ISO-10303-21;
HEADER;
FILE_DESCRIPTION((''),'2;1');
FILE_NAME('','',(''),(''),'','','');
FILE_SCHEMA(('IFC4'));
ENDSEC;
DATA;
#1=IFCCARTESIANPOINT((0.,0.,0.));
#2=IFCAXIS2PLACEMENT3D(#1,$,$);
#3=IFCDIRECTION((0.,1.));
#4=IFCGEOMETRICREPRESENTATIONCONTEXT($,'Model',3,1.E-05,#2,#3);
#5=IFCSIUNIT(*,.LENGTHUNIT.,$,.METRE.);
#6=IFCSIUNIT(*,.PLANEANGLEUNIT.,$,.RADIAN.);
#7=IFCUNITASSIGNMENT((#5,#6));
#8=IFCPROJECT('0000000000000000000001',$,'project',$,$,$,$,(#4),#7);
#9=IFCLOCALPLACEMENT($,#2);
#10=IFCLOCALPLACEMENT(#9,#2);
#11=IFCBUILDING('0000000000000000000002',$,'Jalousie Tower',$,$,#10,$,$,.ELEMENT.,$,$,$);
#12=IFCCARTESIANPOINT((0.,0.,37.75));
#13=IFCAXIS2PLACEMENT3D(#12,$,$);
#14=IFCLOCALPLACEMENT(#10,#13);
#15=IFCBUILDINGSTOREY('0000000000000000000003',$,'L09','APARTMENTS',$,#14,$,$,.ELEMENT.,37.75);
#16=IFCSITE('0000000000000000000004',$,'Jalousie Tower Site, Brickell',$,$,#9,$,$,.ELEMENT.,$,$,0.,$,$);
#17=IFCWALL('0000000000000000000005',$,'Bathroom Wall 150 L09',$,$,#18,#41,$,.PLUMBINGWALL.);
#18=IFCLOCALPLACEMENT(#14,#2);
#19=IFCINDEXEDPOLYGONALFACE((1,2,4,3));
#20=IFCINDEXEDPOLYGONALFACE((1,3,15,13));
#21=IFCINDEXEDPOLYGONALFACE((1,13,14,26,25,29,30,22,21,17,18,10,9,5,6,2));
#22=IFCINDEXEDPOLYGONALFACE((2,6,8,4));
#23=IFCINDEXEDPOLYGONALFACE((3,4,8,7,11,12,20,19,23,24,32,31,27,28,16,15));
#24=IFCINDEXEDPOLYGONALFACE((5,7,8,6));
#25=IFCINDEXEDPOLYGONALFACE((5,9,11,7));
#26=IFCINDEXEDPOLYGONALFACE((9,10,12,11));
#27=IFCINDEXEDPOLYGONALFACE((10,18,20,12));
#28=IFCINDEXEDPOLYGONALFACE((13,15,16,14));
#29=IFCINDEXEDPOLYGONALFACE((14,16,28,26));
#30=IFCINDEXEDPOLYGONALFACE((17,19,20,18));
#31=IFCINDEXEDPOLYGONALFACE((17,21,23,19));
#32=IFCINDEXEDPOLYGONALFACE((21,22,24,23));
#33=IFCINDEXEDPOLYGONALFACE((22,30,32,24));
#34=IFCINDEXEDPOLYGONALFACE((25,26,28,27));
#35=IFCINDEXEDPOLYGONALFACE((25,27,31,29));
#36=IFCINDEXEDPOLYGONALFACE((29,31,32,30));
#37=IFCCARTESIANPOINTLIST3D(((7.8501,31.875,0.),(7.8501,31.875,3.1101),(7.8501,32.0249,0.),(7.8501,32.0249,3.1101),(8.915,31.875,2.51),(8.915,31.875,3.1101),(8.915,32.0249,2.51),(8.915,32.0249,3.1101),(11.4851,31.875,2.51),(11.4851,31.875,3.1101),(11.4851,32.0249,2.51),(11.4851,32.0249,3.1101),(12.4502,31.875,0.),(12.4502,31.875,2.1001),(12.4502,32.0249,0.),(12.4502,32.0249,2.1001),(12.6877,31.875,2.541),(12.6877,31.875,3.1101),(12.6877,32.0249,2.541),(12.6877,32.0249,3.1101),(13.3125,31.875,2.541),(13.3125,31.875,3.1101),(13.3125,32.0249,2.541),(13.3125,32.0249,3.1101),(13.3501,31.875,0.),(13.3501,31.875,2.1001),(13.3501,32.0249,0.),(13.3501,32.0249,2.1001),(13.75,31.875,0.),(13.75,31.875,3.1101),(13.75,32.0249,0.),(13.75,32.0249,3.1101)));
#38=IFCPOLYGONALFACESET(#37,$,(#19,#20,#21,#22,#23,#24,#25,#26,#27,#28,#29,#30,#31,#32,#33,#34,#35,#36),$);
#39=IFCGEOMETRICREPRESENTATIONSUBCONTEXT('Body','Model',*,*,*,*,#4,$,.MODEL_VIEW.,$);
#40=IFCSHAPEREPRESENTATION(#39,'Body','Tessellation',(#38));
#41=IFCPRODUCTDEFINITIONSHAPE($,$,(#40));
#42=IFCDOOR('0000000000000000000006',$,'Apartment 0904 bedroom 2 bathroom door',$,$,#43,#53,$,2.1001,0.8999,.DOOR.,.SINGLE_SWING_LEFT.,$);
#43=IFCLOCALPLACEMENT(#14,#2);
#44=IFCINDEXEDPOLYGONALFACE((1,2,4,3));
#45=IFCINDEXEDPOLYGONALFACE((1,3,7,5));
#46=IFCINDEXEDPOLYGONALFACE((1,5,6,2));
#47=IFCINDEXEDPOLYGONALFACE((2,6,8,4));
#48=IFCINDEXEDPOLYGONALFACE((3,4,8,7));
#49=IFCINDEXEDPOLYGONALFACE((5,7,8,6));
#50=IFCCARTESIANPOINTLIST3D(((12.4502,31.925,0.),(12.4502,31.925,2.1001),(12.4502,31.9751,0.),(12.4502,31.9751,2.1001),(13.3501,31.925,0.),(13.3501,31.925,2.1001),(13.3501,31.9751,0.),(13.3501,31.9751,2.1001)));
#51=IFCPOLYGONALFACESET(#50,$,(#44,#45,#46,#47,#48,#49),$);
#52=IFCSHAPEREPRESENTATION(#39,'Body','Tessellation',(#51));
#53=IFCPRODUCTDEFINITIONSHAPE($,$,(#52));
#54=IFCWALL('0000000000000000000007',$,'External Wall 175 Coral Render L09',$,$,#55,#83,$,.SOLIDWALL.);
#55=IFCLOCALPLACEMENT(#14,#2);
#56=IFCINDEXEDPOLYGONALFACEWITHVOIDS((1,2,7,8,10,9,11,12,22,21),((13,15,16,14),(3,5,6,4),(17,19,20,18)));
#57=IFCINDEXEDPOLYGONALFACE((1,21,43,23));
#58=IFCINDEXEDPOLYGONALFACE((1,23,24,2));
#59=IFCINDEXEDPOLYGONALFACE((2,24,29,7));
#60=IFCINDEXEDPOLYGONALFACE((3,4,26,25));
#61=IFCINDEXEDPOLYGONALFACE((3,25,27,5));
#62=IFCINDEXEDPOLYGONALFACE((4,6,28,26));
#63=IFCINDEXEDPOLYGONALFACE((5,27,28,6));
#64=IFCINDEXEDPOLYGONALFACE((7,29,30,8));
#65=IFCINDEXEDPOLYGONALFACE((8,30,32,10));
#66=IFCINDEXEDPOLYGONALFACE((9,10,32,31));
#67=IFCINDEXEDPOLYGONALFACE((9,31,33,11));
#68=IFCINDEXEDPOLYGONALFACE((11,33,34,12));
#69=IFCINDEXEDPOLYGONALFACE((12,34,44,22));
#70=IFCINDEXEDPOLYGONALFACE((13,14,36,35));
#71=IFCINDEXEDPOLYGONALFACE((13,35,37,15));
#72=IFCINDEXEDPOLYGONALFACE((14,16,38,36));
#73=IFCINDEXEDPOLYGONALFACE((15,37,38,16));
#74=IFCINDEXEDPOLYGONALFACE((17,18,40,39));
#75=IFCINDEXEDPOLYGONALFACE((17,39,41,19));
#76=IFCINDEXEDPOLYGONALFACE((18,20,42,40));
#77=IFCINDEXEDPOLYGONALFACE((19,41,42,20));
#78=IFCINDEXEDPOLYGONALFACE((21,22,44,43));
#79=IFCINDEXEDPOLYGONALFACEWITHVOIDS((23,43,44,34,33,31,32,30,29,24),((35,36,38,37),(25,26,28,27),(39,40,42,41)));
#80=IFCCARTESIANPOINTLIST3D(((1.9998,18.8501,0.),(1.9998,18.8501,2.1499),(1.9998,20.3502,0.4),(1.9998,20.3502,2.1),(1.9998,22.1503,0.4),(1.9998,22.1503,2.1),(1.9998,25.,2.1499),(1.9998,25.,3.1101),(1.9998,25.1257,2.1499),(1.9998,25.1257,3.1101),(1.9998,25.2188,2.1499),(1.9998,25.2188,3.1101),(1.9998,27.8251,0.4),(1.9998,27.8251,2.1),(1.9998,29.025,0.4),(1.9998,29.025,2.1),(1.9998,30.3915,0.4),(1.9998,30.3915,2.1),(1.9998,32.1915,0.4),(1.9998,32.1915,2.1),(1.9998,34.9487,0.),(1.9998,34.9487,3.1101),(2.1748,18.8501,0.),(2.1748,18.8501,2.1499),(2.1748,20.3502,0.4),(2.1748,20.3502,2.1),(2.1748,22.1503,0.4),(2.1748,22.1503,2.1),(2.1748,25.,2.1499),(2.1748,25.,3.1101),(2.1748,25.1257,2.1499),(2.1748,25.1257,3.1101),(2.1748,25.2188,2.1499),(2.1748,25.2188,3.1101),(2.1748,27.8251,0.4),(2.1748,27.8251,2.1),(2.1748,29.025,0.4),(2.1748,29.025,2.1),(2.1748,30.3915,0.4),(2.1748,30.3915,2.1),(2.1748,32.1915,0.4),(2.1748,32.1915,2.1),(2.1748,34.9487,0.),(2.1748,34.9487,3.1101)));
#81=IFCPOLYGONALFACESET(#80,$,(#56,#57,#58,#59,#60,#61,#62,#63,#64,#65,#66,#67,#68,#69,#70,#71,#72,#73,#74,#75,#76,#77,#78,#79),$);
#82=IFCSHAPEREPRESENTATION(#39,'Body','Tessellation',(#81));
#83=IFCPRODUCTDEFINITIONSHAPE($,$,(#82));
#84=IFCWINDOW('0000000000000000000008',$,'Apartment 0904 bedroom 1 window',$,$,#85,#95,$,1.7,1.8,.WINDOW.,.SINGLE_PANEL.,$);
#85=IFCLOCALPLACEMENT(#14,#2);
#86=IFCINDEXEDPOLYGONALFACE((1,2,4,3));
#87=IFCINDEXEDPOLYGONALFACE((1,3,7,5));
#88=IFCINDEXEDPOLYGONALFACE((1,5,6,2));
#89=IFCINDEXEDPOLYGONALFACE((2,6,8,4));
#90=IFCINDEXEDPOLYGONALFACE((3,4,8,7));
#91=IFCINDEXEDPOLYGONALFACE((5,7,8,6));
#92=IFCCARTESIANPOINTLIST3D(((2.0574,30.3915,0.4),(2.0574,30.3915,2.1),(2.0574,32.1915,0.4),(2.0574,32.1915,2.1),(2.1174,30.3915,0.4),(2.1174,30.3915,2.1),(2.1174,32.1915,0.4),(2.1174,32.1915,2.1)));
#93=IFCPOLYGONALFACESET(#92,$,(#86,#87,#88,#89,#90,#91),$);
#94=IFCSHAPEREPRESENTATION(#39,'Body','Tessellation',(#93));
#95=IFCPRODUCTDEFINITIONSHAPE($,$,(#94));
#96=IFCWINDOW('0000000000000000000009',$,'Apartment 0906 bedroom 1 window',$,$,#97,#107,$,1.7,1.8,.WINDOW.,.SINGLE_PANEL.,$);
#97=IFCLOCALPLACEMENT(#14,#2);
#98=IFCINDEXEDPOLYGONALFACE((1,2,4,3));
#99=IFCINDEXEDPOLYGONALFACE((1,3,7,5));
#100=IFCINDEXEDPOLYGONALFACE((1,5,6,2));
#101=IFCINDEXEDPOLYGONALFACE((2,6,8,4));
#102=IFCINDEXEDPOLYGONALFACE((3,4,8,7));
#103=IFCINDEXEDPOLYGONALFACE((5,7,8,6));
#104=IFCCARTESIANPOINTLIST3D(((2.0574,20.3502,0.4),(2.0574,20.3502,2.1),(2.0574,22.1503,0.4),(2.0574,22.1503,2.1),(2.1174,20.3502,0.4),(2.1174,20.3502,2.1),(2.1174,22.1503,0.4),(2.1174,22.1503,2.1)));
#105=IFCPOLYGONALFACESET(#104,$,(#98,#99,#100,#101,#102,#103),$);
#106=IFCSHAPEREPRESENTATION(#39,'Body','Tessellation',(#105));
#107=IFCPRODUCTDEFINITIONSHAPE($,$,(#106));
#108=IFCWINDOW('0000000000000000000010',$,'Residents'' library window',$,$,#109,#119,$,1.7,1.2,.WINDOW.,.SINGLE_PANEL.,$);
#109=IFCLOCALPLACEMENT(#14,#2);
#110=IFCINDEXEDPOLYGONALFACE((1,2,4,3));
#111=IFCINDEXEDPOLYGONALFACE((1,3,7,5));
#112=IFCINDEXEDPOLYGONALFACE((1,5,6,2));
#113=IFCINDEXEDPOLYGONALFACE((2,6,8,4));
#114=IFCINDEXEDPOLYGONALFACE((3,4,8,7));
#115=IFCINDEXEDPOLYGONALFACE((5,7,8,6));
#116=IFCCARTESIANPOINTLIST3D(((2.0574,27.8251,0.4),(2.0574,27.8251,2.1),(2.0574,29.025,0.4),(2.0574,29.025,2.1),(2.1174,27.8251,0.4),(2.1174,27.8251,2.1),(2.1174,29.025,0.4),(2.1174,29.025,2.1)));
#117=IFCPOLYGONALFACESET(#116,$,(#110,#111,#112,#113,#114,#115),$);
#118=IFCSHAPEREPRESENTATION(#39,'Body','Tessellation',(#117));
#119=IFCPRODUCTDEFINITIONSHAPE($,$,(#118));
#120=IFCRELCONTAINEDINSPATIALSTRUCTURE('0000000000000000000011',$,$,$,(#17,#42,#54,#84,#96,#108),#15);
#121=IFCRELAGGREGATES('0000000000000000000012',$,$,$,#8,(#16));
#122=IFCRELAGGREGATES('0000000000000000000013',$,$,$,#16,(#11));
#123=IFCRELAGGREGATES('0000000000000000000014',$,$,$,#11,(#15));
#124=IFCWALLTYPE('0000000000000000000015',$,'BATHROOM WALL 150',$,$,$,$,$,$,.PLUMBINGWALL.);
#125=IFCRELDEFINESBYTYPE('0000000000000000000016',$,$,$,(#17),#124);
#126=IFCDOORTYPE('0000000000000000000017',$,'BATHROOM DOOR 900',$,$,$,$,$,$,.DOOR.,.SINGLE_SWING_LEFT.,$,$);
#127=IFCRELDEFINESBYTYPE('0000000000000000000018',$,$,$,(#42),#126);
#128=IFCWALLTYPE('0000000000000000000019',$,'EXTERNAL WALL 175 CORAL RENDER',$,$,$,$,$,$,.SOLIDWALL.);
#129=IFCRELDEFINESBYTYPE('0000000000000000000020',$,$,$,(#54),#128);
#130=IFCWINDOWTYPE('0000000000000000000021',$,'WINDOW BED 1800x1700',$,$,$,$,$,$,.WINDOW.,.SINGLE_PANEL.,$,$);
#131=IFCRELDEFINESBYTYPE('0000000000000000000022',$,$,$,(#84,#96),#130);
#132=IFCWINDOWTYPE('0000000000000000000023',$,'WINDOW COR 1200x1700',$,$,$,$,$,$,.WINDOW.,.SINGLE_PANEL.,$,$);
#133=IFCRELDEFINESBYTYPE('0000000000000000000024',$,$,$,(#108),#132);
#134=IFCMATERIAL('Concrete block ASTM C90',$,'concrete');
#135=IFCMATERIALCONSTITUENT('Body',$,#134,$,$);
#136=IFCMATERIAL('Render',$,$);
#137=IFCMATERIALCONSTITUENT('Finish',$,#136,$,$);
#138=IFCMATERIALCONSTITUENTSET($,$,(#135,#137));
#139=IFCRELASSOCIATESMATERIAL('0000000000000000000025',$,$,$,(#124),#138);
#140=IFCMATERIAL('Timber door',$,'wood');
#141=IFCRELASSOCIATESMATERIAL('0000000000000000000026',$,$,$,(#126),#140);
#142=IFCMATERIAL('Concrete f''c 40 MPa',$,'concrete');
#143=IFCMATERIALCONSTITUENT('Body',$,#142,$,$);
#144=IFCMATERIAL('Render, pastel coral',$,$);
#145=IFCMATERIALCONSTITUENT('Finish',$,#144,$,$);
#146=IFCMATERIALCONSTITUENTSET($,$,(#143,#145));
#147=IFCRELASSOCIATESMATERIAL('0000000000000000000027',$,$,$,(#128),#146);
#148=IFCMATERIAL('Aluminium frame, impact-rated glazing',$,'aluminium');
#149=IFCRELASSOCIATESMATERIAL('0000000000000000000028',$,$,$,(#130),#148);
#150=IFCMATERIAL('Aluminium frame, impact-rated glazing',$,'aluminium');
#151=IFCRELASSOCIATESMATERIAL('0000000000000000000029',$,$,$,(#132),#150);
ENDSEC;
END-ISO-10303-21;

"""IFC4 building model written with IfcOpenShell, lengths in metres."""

from ifc_helpers import new_model, si_unit, direction, frame, frame_2d, origin, place, context, subcontext, project, spatial, polyline, rectangle, outline, extrude, material, constituent, constituent_set, type_object, element, fill, save


model = new_model("IFC4")

# Units and contexts
model_context = context("Model", 3, precision=1e-05, world=origin(), true_north=direction((0.0, 1.0)))
body_context = subcontext(model_context, "Body", "Model", "MODEL_VIEW")
ifc_project = project(units=[si_unit("LENGTHUNIT", "METRE"), si_unit("PLANEANGLEUNIT", "RADIAN")], contexts=[model_context])

# Site, building, storey
site_placement = place(None, origin())
site = spatial("IfcSite", under=ifc_project, at=site_placement, Name="Jalousie Tower Site, Brickell", CompositionType="ELEMENT", RefElevation=0.0)
building_placement = place(site_placement, origin())
building = spatial("IfcBuilding", under=site, at=building_placement, Name="Jalousie Tower", CompositionType="ELEMENT")
storey_placement = place(building_placement, frame((0.0, 0.0, 37.75)))
storey = spatial("IfcBuildingStorey", under=building, at=storey_placement, Name="L09", Description="APARTMENTS", CompositionType="ELEMENT", Elevation=37.75)

# Wall, opening, door
ifc_material_1 = material(Name="Concrete block ASTM C90", Category="concrete")
ifc_constituent_1 = constituent(ifc_material_1, Name="Body")
ifc_material_2 = material(Name="Render")
ifc_constituent_2 = constituent(ifc_material_2, Name="Finish")
ifc_constituent_set_1 = constituent_set(constituents=[ifc_constituent_1, ifc_constituent_2])
wall_type_1 = type_object("IfcWallType", Name="BATHROOM WALL 150", PredefinedType="PLUMBINGWALL", material=ifc_constituent_set_1)
wall_1_placement = place(storey_placement, frame((7.8501, 31.95, 0.0), z_axis=(0.0, 0.0, 1.0), x_axis=(1.0, 0.0, 0.0)))
wall_1 = element("IfcWall", 1, at=wall_1_placement, inside=storey, type_object=wall_type_1, Name="Bathroom Wall 150 L09", PredefinedType="PLUMBINGWALL", context=body_context, shape_type="SweptSolid", body=[
    extrude(outline(polyline([(0.0, 0.0), (5.8999, 0.0), (5.8999, 3.1101), (5.4624, 3.1101), (5.4624, 2.541), (4.8376, 2.541), (4.8376, 3.1101), (3.635, 3.1101), (3.635, 2.51), (1.0649, 2.51), (1.0649, 3.1101), (0.0, 3.1101), (0.0, 0.0)])), frame((0.0, 0.075, 0.0), z_axis=(0.0, -1.0, 0.0), x_axis=(1.0, 0.0, 0.0)), (0.0, 0.0, 1.0), 0.1499),
])
opening_1_placement = place(wall_1_placement, frame((4.6001, 0.0, 0.0)))
opening_1 = element("IfcOpeningElement", 2, at=opening_1_placement, cuts=wall_1, PredefinedType="OPENING", context=body_context, shape_type="SweptSolid", body=[
    extrude(rectangle(XDim=0.8999, YDim=2.1001, at=frame_2d((0.45, 1.05))), frame((0.0, 0.085, 0.0), z_axis=(0.0, -1.0, 0.0), x_axis=(1.0, 0.0, 0.0)), (0.0, 0.0, 1.0), 0.1699),
])
ifc_material_3 = material(Name="Timber door", Category="wood")
door_type_1 = type_object("IfcDoorType", Name="BATHROOM DOOR 900", OperationType="SINGLE_SWING_LEFT", PredefinedType="DOOR", material=ifc_material_3)
door_1_placement = place(opening_1_placement, frame((0.8999, 0.0, 0.0), z_axis=(0.0, 0.0, 1.0), x_axis=(-1.0, 0.0, 0.0)))
door_1 = element("IfcDoor", 3, at=door_1_placement, inside=storey, type_object=door_type_1, Name="Apartment 0904 bedroom 2 bathroom door", OperationType="SINGLE_SWING_LEFT", OverallHeight=2.1001, OverallWidth=0.8999, PredefinedType="DOOR", context=body_context, shape_type="SweptSolid", body=[
    extrude(rectangle(XDim=0.8999, YDim=2.1001, at=frame_2d((0.45, 1.05))), frame((0.0, 0.0249, 0.0), z_axis=(0.0, -1.0, 0.0), x_axis=(1.0, 0.0, 0.0)), (0.0, 0.0, 1.0), 0.05),
])
fill(opening_1, door_1)

# Wall, openings, windows
ifc_material_4 = material(Name="Concrete f'c 40 MPa", Category="concrete")
ifc_constituent_3 = constituent(ifc_material_4, Name="Body")
ifc_material_5 = material(Name="Render, pastel coral")
ifc_constituent_4 = constituent(ifc_material_5, Name="Finish")
ifc_constituent_set_2 = constituent_set(constituents=[ifc_constituent_3, ifc_constituent_4])
wall_type_2 = type_object("IfcWallType", Name="EXTERNAL WALL 175 CORAL RENDER", PredefinedType="SOLIDWALL", material=ifc_constituent_set_2)
wall_2_placement = place(storey_placement, frame((2.0874, 34.9487, 0.0), z_axis=(0.0, 0.0, 1.0), x_axis=(0.0, -1.0, 0.0)))
wall_2 = element("IfcWall", 4, at=wall_2_placement, inside=storey, type_object=wall_type_2, Name="External Wall 175 Coral Render L09", PredefinedType="SOLIDWALL", context=body_context, shape_type="SweptSolid", body=[
    extrude(outline(polyline([(0.0, 0.0), (16.0986, 0.0), (16.0986, 2.1499), (9.9487, 2.1499), (9.9487, 3.1101), (9.823, 3.1101), (9.823, 2.1499), (9.73, 2.1499), (9.73, 3.1101), (0.0, 3.1101), (0.0, 0.0)])), frame((0.0, 0.0874, 0.0), z_axis=(0.0, -1.0, 0.0), x_axis=(1.0, 0.0, 0.0)), (0.0, 0.0, 1.0), 0.175),
])
opening_2_placement = place(wall_2_placement, frame((2.7573, 0.0, 0.3999)))
opening_2 = element("IfcOpeningElement", 5, at=opening_2_placement, cuts=wall_2, PredefinedType="OPENING", context=body_context, shape_type="SweptSolid", body=[
    extrude(rectangle(XDim=1.8, YDim=1.7, at=frame_2d((0.8999, 0.8501))), frame((0.0, 0.0974, 0.0), z_axis=(0.0, -1.0, 0.0), x_axis=(1.0, 0.0, 0.0)), (0.0, 0.0, 1.0), 0.1951),
])
opening_3_placement = place(wall_2_placement, frame((5.9236, 0.0, 0.3999)))
opening_3 = element("IfcOpeningElement", 6, at=opening_3_placement, cuts=wall_2, PredefinedType="OPENING", context=body_context, shape_type="SweptSolid", body=[
    extrude(rectangle(XDim=1.2, YDim=1.7, at=frame_2d((0.6001, 0.8501))), frame((0.0, 0.0974, 0.0), z_axis=(0.0, -1.0, 0.0), x_axis=(1.0, 0.0, 0.0)), (0.0, 0.0, 1.0), 0.1951),
])
opening_4_placement = place(wall_2_placement, frame((12.7986, 0.0, 0.3999)))
opening_4 = element("IfcOpeningElement", 7, at=opening_4_placement, cuts=wall_2, PredefinedType="OPENING", context=body_context, shape_type="SweptSolid", body=[
    extrude(rectangle(XDim=1.8, YDim=1.7, at=frame_2d((0.8999, 0.8501))), frame((0.0, 0.0974, 0.0), z_axis=(0.0, -1.0, 0.0), x_axis=(1.0, 0.0, 0.0)), (0.0, 0.0, 1.0), 0.1951),
])
ifc_material_6 = material(Name="Aluminium frame, impact-rated glazing", Category="aluminium")
window_type_1 = type_object("IfcWindowType", Name="WINDOW BED 1800x1700", PartitioningType="SINGLE_PANEL", PredefinedType="WINDOW", material=ifc_material_6)
window_1_placement = place(opening_2_placement, origin())
window_1 = element("IfcWindow", 8, at=window_1_placement, inside=storey, type_object=window_type_1, Name="Apartment 0904 bedroom 1 window", OverallHeight=1.7, OverallWidth=1.8, PartitioningType="SINGLE_PANEL", PredefinedType="WINDOW", context=body_context, shape_type="SweptSolid", body=[
    extrude(rectangle(XDim=1.8, YDim=1.7, at=frame_2d((0.8999, 0.8501))), frame((0.0, 0.03, 0.0), z_axis=(0.0, -1.0, 0.0), x_axis=(1.0, 0.0, 0.0)), (0.0, 0.0, 1.0), 0.0601),
])
fill(opening_2, window_1)
window_2_placement = place(opening_4_placement, origin())
window_2 = element("IfcWindow", 9, at=window_2_placement, inside=storey, type_object=window_type_1, Name="Apartment 0906 bedroom 1 window", OverallHeight=1.7, OverallWidth=1.8, PartitioningType="SINGLE_PANEL", PredefinedType="WINDOW", context=body_context, shape_type="SweptSolid", body=[
    extrude(rectangle(XDim=1.8, YDim=1.7, at=frame_2d((0.8999, 0.8501))), frame((0.0, 0.03, 0.0), z_axis=(0.0, -1.0, 0.0), x_axis=(1.0, 0.0, 0.0)), (0.0, 0.0, 1.0), 0.0601),
])
fill(opening_4, window_2)
ifc_material_7 = material(Name="Aluminium frame, impact-rated glazing", Category="aluminium")
window_type_2 = type_object("IfcWindowType", Name="WINDOW COR 1200x1700", PartitioningType="SINGLE_PANEL", PredefinedType="WINDOW", material=ifc_material_7)
window_3_placement = place(opening_3_placement, origin())
window_3 = element("IfcWindow", 10, at=window_3_placement, inside=storey, type_object=window_type_2, Name="Residents' library window", OverallHeight=1.7, OverallWidth=1.2, PartitioningType="SINGLE_PANEL", PredefinedType="WINDOW", context=body_context, shape_type="SweptSolid", body=[
    extrude(rectangle(XDim=1.2, YDim=1.7, at=frame_2d((0.6001, 0.8501))), frame((0.0, 0.03, 0.0), z_axis=(0.0, -1.0, 0.0), x_axis=(1.0, 0.0, 0.0)), (0.0, 0.0, 1.0), 0.0601),
])
fill(opening_3, window_3)

save(model, "model.ifc")
